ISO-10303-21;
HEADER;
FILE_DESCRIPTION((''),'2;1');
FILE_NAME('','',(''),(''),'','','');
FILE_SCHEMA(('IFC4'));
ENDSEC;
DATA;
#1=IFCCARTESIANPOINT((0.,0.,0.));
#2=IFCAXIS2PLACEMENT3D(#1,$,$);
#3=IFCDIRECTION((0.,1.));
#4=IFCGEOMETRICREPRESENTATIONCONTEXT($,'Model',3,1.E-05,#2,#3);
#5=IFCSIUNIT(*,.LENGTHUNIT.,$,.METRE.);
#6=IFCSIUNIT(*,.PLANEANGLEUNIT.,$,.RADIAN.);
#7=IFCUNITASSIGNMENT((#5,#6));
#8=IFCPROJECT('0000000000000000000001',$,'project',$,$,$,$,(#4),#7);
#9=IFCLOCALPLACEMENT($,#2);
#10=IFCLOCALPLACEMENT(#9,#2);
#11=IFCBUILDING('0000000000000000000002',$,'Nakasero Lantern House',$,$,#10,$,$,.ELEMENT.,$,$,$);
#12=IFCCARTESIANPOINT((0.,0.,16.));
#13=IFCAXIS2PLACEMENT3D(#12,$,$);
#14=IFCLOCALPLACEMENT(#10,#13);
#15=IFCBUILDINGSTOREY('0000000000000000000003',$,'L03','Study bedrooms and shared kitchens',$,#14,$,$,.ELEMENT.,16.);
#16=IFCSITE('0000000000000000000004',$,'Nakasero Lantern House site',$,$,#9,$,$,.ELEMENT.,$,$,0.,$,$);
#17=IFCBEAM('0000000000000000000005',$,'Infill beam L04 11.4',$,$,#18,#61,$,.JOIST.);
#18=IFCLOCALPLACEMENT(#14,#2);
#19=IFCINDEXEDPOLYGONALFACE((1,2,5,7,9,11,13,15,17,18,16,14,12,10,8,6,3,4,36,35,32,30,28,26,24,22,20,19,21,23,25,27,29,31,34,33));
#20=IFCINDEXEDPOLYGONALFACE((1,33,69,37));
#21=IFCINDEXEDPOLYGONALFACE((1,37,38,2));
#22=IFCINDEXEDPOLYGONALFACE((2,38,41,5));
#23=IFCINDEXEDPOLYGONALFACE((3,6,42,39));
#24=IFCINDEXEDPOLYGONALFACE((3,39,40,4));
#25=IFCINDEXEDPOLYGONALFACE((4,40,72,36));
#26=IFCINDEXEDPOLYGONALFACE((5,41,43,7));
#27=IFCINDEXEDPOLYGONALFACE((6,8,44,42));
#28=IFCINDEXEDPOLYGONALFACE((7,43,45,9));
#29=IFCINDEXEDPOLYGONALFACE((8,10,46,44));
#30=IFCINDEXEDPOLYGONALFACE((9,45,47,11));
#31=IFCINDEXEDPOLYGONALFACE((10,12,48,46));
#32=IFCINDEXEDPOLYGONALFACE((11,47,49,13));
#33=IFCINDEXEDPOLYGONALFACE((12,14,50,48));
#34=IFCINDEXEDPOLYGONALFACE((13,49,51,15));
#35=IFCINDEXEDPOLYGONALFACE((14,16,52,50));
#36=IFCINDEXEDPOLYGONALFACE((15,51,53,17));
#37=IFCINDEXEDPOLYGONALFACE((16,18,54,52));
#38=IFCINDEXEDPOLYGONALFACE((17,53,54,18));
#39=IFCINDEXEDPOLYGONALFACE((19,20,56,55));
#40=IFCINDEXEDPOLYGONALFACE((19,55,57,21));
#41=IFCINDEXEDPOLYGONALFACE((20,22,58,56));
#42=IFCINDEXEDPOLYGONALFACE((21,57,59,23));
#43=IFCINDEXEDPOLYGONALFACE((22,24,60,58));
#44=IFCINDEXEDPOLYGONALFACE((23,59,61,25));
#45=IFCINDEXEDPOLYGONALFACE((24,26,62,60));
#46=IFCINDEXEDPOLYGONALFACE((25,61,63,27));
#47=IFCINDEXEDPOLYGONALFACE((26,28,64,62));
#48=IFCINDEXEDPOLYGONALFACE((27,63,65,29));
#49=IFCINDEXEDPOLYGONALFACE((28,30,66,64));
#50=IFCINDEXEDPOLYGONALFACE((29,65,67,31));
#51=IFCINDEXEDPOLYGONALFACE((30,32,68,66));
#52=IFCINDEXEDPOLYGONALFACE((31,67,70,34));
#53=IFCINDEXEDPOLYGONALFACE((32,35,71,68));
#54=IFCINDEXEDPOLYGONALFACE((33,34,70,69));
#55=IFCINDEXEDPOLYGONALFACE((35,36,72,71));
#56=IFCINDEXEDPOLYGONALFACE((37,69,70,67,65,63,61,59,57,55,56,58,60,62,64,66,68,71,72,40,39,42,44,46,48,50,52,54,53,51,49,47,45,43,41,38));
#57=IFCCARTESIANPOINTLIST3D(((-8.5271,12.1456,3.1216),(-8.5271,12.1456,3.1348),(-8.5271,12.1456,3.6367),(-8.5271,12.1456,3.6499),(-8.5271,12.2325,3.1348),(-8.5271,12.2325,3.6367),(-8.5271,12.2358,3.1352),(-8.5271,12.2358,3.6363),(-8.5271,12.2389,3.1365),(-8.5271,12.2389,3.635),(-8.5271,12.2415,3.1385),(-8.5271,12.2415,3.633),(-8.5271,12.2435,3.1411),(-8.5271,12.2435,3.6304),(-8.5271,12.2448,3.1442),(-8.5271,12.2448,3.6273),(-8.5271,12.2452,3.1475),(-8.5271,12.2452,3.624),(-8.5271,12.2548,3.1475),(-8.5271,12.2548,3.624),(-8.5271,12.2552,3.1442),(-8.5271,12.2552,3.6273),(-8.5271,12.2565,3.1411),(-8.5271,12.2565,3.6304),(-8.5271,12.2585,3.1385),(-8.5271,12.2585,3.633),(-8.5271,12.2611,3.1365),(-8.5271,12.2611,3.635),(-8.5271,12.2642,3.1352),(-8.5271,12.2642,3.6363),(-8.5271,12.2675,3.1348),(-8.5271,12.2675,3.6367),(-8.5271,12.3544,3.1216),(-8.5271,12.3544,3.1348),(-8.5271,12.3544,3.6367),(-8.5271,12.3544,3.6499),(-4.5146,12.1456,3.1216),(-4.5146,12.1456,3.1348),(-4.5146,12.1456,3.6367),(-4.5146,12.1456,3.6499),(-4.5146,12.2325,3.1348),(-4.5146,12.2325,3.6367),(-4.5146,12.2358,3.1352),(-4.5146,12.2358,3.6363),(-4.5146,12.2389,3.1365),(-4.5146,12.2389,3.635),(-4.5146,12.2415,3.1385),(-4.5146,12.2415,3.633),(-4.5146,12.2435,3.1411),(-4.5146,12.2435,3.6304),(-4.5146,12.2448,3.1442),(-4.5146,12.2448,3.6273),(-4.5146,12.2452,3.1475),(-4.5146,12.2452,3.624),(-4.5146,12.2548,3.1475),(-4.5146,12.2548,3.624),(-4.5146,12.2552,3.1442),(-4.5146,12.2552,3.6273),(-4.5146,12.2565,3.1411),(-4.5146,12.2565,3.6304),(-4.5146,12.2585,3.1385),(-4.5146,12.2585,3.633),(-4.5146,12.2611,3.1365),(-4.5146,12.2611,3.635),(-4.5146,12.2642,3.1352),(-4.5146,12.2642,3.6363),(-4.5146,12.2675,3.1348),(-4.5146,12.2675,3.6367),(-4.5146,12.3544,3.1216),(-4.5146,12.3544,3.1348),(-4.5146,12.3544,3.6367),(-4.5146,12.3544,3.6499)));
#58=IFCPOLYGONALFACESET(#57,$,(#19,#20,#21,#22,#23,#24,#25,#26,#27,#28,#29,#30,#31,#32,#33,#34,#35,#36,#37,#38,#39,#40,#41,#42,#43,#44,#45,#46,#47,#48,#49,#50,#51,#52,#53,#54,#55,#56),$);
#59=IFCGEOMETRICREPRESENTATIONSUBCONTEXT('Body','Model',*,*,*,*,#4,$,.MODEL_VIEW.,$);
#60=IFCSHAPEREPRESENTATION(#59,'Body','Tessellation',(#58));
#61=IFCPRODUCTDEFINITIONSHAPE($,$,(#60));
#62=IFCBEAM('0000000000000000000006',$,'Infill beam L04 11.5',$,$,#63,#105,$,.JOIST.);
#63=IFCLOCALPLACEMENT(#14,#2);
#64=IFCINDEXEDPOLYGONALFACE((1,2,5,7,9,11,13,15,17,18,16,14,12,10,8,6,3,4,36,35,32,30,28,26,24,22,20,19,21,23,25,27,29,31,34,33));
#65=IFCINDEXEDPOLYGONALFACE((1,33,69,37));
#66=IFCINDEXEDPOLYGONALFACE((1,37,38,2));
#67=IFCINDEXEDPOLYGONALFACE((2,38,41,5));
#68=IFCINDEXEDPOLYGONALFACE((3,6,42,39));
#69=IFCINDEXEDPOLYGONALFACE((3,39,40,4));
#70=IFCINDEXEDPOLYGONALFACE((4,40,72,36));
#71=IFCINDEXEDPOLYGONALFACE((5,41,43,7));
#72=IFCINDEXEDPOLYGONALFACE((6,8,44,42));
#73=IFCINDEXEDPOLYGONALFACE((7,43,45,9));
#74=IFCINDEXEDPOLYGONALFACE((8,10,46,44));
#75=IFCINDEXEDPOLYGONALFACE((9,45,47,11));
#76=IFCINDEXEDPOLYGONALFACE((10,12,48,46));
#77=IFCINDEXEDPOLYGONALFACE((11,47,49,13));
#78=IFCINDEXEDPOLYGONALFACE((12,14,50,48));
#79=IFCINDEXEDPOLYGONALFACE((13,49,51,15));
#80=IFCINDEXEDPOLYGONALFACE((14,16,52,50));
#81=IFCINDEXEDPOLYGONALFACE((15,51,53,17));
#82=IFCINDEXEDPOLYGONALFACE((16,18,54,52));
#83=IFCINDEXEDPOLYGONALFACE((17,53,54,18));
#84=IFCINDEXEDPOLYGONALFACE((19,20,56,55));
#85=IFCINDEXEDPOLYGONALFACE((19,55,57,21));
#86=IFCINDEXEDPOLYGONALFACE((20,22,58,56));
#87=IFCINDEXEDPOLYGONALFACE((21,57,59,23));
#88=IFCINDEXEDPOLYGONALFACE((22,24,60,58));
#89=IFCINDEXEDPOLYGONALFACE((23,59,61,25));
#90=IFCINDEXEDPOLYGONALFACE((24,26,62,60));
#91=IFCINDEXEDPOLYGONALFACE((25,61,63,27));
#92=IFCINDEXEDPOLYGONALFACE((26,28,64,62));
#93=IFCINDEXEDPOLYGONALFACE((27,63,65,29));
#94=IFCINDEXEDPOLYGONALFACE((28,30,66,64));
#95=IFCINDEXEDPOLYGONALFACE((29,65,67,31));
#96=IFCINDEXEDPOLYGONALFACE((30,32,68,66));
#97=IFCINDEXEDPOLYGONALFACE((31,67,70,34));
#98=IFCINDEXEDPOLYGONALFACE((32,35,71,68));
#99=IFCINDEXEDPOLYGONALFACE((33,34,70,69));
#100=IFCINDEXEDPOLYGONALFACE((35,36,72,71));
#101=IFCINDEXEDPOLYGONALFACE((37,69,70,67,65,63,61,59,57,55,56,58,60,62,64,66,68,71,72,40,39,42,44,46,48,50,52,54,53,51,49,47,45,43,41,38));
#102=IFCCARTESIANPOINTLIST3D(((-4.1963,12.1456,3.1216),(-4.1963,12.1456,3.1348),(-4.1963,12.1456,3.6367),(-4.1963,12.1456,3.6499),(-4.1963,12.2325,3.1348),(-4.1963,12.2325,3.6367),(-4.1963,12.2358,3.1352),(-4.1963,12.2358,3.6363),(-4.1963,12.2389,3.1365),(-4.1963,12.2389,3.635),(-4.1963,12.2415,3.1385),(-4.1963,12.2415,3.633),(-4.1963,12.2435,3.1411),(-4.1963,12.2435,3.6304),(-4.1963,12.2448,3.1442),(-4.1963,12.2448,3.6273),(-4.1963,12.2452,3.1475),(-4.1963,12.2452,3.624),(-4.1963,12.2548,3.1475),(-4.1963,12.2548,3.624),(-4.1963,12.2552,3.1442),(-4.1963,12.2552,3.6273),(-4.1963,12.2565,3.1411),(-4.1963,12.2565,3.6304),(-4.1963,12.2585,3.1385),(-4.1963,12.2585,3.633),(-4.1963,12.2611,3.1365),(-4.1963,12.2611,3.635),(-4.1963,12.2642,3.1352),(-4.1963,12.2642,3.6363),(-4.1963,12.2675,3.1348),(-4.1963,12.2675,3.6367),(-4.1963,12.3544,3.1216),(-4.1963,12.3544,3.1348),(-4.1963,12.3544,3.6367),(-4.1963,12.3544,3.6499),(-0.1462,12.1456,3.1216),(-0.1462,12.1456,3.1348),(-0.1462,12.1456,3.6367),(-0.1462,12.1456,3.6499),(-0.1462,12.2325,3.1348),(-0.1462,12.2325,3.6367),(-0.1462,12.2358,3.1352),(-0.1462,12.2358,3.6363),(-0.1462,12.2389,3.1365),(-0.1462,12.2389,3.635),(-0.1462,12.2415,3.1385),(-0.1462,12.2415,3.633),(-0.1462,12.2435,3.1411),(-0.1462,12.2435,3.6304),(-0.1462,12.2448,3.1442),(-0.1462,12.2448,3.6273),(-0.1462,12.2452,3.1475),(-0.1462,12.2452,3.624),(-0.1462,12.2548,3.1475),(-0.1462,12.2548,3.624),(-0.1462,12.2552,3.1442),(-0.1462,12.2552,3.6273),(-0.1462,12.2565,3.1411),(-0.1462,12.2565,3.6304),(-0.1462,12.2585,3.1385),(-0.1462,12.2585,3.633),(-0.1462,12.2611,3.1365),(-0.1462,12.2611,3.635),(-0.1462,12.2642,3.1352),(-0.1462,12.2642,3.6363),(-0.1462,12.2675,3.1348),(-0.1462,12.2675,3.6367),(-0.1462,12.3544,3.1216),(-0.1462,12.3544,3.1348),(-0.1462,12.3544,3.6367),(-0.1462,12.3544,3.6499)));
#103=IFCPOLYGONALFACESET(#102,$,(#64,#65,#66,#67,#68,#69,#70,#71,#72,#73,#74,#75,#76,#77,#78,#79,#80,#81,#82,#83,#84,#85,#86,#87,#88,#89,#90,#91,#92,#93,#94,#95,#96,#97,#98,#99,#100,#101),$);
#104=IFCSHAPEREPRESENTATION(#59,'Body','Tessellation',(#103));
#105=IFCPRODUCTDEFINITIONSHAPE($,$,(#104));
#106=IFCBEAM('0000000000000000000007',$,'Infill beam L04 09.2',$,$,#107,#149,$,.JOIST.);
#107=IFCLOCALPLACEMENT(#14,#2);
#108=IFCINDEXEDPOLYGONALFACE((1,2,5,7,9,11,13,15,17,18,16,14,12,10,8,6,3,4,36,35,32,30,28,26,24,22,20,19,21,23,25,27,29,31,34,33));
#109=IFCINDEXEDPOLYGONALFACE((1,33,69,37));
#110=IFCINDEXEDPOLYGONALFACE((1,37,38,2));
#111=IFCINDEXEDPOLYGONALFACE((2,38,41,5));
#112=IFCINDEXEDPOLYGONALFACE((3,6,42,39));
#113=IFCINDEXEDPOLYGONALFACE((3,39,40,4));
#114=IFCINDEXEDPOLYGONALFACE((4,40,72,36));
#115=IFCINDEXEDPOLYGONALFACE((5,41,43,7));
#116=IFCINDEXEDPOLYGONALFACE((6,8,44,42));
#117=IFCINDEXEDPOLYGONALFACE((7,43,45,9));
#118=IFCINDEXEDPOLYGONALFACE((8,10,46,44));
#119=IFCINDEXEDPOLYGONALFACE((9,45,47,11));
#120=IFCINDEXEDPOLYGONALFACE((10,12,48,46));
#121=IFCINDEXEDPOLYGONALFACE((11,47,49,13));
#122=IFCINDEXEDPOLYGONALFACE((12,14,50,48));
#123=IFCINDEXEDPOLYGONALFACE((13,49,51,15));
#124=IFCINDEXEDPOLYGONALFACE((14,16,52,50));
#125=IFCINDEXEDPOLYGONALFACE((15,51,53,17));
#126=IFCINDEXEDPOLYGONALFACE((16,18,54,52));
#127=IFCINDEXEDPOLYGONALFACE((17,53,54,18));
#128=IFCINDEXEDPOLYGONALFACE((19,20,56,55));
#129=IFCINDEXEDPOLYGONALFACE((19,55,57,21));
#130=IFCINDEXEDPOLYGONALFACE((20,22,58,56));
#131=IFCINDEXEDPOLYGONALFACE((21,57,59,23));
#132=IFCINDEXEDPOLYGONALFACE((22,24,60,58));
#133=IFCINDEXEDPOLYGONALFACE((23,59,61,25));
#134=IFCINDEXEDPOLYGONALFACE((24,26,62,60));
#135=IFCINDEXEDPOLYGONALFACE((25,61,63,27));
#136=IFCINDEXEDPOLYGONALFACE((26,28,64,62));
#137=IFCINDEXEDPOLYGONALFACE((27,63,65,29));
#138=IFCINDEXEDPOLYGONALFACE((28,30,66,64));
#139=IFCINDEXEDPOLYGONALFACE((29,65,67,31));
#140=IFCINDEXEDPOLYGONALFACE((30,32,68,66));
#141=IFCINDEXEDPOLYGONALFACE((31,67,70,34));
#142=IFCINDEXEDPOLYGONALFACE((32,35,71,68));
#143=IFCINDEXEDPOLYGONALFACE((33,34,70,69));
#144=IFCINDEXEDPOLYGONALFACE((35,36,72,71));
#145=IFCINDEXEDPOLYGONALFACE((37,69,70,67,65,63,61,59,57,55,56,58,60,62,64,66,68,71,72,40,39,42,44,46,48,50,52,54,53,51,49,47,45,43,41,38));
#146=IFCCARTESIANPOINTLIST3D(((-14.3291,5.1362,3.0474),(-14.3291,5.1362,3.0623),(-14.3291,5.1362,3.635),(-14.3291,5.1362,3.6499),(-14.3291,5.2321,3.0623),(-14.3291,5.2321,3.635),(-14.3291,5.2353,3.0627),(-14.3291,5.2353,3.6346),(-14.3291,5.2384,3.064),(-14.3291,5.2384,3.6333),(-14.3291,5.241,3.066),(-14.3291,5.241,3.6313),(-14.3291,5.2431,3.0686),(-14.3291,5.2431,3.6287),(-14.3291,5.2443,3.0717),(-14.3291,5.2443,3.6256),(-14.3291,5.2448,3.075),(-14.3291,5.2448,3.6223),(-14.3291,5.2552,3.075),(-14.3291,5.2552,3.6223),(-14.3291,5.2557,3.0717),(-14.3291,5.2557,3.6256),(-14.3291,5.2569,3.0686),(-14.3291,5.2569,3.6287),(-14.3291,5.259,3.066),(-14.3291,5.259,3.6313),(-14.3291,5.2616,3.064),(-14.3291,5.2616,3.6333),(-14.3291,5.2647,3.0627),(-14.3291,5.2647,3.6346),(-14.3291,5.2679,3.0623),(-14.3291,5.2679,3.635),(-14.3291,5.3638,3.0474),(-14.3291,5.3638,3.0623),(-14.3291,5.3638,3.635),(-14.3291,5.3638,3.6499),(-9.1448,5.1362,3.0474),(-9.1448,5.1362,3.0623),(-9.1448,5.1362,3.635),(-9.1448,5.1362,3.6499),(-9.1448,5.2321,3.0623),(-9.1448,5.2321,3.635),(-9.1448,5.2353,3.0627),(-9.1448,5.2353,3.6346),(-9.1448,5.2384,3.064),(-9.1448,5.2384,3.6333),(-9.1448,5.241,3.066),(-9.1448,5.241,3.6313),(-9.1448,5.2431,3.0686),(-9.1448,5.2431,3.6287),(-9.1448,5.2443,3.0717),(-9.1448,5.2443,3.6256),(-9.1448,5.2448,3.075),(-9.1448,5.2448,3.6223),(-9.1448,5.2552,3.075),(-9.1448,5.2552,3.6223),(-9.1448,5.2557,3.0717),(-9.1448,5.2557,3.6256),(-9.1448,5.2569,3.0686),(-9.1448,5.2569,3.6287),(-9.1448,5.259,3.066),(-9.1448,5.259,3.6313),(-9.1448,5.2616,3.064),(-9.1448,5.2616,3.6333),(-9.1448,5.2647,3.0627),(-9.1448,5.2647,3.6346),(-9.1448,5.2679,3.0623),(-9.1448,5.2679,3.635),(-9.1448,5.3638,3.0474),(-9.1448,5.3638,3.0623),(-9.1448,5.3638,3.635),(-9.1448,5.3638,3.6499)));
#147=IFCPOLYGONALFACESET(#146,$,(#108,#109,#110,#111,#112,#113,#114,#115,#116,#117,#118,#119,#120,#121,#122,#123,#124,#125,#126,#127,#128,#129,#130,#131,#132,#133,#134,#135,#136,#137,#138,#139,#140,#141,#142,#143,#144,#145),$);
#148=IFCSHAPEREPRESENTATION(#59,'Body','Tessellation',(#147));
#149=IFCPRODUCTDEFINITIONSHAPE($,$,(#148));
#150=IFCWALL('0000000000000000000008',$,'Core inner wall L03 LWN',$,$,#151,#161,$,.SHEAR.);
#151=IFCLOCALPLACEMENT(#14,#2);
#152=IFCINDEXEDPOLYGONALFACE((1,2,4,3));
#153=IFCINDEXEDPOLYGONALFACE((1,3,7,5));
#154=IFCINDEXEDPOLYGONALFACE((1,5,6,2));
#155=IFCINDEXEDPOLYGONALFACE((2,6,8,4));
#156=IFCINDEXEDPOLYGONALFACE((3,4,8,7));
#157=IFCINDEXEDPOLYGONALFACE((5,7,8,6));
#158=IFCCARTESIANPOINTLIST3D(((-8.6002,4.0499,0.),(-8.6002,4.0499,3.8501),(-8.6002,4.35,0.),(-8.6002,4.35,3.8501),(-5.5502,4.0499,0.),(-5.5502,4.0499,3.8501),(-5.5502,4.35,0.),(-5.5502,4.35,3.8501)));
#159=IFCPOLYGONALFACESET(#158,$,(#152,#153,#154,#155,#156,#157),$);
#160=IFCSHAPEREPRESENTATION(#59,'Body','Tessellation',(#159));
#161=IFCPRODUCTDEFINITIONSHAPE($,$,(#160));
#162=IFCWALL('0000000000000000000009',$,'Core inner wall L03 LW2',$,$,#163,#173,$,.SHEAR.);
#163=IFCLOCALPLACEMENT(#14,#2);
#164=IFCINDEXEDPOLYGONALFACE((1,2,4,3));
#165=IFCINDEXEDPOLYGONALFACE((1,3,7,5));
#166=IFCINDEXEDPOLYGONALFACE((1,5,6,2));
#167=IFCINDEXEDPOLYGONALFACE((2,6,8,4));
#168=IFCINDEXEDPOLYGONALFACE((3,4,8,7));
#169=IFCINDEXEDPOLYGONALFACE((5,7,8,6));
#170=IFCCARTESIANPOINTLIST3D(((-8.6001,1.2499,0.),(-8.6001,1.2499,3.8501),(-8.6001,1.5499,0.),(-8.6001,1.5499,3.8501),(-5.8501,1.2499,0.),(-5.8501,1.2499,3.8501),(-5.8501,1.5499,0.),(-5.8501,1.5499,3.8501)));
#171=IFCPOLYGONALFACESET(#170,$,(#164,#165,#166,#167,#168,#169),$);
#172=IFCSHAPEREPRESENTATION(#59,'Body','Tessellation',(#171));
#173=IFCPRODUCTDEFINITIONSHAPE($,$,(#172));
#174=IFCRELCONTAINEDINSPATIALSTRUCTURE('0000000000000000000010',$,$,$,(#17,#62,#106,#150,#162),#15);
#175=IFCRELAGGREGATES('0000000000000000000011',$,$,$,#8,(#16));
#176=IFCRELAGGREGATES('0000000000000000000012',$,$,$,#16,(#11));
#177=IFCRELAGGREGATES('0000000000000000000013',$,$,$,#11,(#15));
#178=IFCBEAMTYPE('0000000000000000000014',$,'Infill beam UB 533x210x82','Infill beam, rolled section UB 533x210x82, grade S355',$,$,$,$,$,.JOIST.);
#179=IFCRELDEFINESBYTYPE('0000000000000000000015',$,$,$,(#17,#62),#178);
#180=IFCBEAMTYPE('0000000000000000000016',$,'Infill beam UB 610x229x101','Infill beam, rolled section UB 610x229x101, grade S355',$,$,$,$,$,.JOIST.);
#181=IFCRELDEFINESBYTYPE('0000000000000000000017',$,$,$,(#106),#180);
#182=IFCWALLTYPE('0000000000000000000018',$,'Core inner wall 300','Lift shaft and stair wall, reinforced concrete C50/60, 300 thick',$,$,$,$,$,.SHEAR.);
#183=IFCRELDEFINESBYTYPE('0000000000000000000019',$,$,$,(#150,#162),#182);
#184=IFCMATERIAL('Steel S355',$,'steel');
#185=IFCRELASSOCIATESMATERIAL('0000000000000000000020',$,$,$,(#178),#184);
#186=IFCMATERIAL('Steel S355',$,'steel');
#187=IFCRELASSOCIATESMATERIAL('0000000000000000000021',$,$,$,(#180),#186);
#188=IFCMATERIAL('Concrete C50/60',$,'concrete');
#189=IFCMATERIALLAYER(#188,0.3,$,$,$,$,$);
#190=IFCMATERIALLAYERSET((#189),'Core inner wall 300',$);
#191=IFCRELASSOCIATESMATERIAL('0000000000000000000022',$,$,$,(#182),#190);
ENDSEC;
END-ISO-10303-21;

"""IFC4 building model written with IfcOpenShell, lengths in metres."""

from ifc_helpers import new_model, si_unit, direction, frame, frame_2d, origin, origin_2d, place, context, subcontext, project, spatial, rectangle, i_section, extrude, material, layer, layer_set, material_profile, profile_set, type_object, element, save


model = new_model("IFC4")

# Units and contexts
model_context = context("Model", 3, precision=1e-05, world=origin(), true_north=direction((0.0, 1.0)))
body_context = subcontext(model_context, "Body", "Model", "MODEL_VIEW")
ifc_project = project(units=[si_unit("LENGTHUNIT", "METRE"), si_unit("PLANEANGLEUNIT", "RADIAN")], contexts=[model_context])

# Site, building, storey
site_placement = place(None, origin())
site = spatial("IfcSite", under=ifc_project, at=site_placement, Name="Nakasero Lantern House site", CompositionType="ELEMENT", RefElevation=0.0)
building_placement = place(site_placement, origin())
building = spatial("IfcBuilding", under=site, at=building_placement, Name="Nakasero Lantern House", CompositionType="ELEMENT")
storey_placement = place(building_placement, frame((0.0, 0.0, 16.0)))
storey = spatial("IfcBuildingStorey", under=building, at=storey_placement, Name="L03", Description="Study bedrooms and shared kitchens", CompositionType="ELEMENT", Elevation=16.0)

# Beams
ifc_material_1 = material(Name="Steel S355", Category="steel")
ifc_material_profile_1 = material_profile(ifc_material_1, i_section(OverallWidth=0.2087, OverallDepth=0.5283, WebThickness=0.0095, FlangeThickness=0.0132, FilletRadius=0.0127, at=origin_2d()), Name="UB 533x210x82")
ifc_profile_set_1 = profile_set([ifc_material_profile_1], Name="Steel S355")
beam_type_1 = type_object("IfcBeamType", Name="Infill beam UB 533x210x82", Description="Infill beam, rolled section UB 533x210x82, grade S355", PredefinedType="JOIST", material=ifc_profile_set_1)
beam_1_placement = place(storey_placement, frame((-8.5271, 12.25, 3.3857), z_axis=(1.0, 0.0, 0.0), x_axis=(0.0, 1.0, 0.0)))
element("IfcBeam", 1, at=beam_1_placement, inside=storey, type_object=beam_type_1, Name="Infill beam L04 11.4", PredefinedType="JOIST", context=body_context, shape_type="SweptSolid", body=[
    extrude(i_section(OverallWidth=0.2087, OverallDepth=0.5283, WebThickness=0.0095, FlangeThickness=0.0132, FilletRadius=0.0127, at=origin_2d()), origin(), (0.0, 0.0, 1.0), 4.0125),
])
beam_2_placement = place(storey_placement, frame((-4.1963, 12.25, 3.3857), z_axis=(1.0, 0.0, 0.0), x_axis=(0.0, 1.0, 0.0)))
element("IfcBeam", 2, at=beam_2_placement, inside=storey, type_object=beam_type_1, Name="Infill beam L04 11.5", PredefinedType="JOIST", context=body_context, shape_type="SweptSolid", body=[
    extrude(i_section(OverallWidth=0.2087, OverallDepth=0.5283, WebThickness=0.0095, FlangeThickness=0.0132, FilletRadius=0.0127, at=origin_2d()), origin(), (0.0, 0.0, 1.0), 4.05),
])
ifc_material_2 = material(Name="Steel S355", Category="steel")
ifc_material_profile_2 = material_profile(ifc_material_2, i_section(OverallWidth=0.2275, OverallDepth=0.6025, WebThickness=0.0105, FlangeThickness=0.0149, FilletRadius=0.0127, at=origin_2d()), Name="UB 610x229x101")
ifc_profile_set_2 = profile_set([ifc_material_profile_2], Name="Steel S355")
beam_type_2 = type_object("IfcBeamType", Name="Infill beam UB 610x229x101", Description="Infill beam, rolled section UB 610x229x101, grade S355", PredefinedType="JOIST", material=ifc_profile_set_2)
beam_3_placement = place(storey_placement, frame((-14.3291, 5.25, 3.3486), z_axis=(1.0, 0.0, 0.0), x_axis=(0.0, 1.0, 0.0)))
element("IfcBeam", 3, at=beam_3_placement, inside=storey, type_object=beam_type_2, Name="Infill beam L04 09.2", PredefinedType="JOIST", context=body_context, shape_type="SweptSolid", body=[
    extrude(i_section(OverallWidth=0.2275, OverallDepth=0.6025, WebThickness=0.0105, FlangeThickness=0.0149, FilletRadius=0.0127, at=origin_2d()), origin(), (0.0, 0.0, 1.0), 5.1843),
])

# Walls
ifc_material_3 = material(Name="Concrete C50/60", Category="concrete")
ifc_layer_1 = layer(ifc_material_3, 0.3)
ifc_layer_set_1 = layer_set([ifc_layer_1], Name="Core inner wall 300")
wall_type_1 = type_object("IfcWallType", Name="Core inner wall 300", Description="Lift shaft and stair wall, reinforced concrete C50/60, 300 thick", PredefinedType="SHEAR", material=ifc_layer_set_1)
wall_1_placement = place(storey_placement, frame((-8.6001, 4.2, 0.0), z_axis=(0.0, 0.0, 1.0), x_axis=(1.0, 0.0, 0.0)))
element("IfcWall", 4, at=wall_1_placement, inside=storey, type_object=wall_type_1, Name="Core inner wall L03 LWN", PredefinedType="SHEAR", context=body_context, shape_type="SweptSolid", body=[
    extrude(rectangle(XDim=3.05, YDim=0.3, at=frame_2d((1.5249, 0.0))), origin(), (0.0, 0.0, 1.0), 3.8501),
])
wall_2_placement = place(storey_placement, frame((-8.6001, 1.3999, 0.0), z_axis=(0.0, 0.0, 1.0), x_axis=(1.0, 0.0, 0.0)))
element("IfcWall", 5, at=wall_2_placement, inside=storey, type_object=wall_type_1, Name="Core inner wall L03 LW2", PredefinedType="SHEAR", context=body_context, shape_type="SweptSolid", body=[
    extrude(rectangle(XDim=2.75, YDim=0.3, at=frame_2d((1.375, 0.0))), origin(), (0.0, 0.0, 1.0), 3.8501),
])

save(model, "model.ifc")
